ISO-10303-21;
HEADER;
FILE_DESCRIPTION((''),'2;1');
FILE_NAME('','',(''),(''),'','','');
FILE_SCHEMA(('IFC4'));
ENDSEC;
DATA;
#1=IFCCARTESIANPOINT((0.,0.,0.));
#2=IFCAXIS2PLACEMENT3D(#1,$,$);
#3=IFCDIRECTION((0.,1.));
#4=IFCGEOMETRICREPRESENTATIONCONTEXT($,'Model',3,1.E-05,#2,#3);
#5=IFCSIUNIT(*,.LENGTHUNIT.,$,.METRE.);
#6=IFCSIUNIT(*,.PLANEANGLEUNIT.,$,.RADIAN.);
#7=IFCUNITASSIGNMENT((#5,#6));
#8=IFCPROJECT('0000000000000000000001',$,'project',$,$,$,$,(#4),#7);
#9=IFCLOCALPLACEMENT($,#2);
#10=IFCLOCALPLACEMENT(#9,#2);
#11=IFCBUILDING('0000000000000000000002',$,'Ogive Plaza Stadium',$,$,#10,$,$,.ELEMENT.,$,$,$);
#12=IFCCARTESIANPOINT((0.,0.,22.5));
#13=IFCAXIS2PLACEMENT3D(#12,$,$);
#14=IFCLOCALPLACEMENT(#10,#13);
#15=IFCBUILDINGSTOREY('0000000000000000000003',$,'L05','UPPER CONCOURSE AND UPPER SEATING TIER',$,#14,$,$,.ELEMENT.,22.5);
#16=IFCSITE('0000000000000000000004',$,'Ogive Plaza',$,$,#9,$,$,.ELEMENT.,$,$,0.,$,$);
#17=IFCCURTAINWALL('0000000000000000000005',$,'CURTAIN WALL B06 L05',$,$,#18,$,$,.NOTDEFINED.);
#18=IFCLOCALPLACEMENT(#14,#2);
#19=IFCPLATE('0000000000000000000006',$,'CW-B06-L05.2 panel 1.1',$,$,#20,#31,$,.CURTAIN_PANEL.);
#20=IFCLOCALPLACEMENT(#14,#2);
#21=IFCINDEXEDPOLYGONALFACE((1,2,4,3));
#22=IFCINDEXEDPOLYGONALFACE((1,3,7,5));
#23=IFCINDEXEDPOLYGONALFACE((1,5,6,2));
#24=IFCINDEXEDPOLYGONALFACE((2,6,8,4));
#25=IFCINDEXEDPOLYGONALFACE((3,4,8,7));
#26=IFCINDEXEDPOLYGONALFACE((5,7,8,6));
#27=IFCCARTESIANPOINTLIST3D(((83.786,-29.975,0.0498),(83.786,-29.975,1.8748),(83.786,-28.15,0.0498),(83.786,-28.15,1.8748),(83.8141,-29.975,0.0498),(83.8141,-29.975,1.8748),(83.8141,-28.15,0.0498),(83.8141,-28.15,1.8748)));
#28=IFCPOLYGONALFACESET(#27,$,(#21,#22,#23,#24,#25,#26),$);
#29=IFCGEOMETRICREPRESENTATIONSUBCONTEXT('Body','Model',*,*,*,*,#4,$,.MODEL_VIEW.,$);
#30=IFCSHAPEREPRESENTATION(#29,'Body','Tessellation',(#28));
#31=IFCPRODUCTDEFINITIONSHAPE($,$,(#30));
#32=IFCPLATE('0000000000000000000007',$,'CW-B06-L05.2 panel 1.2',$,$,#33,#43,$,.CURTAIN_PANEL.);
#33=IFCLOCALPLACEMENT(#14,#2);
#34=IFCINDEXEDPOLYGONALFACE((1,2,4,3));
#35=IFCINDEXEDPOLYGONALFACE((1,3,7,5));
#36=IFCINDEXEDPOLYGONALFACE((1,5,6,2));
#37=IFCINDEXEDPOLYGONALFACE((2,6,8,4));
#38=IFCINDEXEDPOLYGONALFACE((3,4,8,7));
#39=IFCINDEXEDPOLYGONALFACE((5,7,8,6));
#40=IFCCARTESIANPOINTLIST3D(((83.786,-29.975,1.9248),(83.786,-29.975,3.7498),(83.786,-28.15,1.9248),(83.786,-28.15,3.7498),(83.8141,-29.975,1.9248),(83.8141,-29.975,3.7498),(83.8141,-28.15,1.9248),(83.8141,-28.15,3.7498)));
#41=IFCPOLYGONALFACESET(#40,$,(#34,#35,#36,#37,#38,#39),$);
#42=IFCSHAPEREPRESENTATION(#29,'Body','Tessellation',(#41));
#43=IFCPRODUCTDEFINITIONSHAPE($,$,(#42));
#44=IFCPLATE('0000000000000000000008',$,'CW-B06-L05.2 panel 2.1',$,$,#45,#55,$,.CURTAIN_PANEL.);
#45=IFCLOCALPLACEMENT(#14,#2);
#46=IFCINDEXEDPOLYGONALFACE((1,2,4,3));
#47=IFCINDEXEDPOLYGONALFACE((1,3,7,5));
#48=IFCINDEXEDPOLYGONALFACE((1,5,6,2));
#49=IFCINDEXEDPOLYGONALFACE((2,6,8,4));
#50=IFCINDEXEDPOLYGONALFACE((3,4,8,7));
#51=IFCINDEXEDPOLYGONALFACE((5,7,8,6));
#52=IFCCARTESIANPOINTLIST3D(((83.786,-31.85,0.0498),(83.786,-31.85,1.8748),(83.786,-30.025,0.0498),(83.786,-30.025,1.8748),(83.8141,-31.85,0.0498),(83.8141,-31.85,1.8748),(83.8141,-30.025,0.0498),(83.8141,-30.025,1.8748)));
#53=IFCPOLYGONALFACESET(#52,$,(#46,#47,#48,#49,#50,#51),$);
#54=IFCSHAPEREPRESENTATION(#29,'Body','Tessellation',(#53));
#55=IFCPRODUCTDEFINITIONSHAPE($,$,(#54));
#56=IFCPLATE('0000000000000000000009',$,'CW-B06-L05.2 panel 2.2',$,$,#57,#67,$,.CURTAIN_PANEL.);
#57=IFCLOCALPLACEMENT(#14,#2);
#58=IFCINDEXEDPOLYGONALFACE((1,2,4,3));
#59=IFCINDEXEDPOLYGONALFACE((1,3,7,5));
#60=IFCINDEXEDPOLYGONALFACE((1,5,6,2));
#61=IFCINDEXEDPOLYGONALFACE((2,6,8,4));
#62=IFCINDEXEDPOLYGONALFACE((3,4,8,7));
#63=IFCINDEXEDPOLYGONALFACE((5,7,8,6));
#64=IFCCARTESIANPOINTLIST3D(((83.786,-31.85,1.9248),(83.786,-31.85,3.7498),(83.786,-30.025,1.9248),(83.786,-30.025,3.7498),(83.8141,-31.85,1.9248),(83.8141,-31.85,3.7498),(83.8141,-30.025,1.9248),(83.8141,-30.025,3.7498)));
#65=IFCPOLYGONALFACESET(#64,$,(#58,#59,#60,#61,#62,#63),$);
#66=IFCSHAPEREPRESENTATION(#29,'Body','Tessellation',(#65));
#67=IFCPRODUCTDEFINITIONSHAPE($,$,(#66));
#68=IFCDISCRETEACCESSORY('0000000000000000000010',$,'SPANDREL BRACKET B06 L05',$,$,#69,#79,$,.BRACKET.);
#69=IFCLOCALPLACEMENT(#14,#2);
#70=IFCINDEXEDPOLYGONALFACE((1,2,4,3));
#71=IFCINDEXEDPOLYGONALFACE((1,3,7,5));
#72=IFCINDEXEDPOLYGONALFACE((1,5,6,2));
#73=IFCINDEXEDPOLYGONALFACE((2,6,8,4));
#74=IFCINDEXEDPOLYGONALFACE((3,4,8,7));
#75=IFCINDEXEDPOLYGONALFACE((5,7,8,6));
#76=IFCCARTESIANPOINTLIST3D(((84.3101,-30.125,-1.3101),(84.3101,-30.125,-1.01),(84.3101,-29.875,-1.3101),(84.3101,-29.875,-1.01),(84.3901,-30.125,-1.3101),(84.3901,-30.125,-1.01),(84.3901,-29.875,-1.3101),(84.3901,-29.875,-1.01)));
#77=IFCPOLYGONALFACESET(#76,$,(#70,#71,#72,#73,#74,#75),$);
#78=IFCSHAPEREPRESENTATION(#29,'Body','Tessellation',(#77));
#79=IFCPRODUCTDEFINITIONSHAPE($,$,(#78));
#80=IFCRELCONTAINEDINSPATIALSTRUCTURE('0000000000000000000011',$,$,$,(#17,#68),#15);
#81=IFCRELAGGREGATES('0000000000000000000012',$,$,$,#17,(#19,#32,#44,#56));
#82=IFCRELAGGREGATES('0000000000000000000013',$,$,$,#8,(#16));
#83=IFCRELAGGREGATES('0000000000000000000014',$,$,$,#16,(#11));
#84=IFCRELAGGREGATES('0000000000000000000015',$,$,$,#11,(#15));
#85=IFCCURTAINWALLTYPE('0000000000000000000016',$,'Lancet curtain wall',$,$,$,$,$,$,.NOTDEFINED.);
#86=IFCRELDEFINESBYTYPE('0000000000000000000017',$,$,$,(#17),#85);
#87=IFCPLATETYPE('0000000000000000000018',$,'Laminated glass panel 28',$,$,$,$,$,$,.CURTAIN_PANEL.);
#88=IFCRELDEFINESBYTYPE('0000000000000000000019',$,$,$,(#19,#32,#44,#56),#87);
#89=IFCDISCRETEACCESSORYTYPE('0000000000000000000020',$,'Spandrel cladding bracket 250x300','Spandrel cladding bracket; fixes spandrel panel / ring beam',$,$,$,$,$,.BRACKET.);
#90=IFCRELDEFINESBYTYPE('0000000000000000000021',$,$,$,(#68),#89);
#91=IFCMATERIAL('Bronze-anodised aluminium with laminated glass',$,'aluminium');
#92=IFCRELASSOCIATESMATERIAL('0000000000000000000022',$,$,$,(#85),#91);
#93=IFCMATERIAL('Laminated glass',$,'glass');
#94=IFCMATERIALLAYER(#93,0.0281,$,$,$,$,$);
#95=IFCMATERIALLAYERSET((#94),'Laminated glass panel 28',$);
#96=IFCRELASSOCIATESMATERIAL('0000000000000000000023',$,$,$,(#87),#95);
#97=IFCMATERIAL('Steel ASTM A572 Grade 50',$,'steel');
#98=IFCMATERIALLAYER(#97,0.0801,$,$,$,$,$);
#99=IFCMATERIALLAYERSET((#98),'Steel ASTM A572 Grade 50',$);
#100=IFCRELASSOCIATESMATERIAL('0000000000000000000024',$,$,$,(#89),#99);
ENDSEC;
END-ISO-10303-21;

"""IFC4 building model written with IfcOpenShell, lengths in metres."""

from ifc_helpers import new_model, si_unit, direction, frame, origin, origin_2d, place, context, subcontext, project, spatial, rectangle, extrude, material, layer, layer_set, type_object, element, aggregate, save


model = new_model("IFC4")

# Units and contexts
model_context = context("Model", 3, precision=1e-05, world=origin(), true_north=direction((0.0, 1.0)))
body_context = subcontext(model_context, "Body", "Model", "MODEL_VIEW")
ifc_project = project(units=[si_unit("LENGTHUNIT", "METRE"), si_unit("PLANEANGLEUNIT", "RADIAN")], contexts=[model_context])

# Site, building, storey
site_placement = place(None, origin())
site = spatial("IfcSite", under=ifc_project, at=site_placement, Name="Ogive Plaza", CompositionType="ELEMENT", RefElevation=0.0)
building_placement = place(site_placement, origin())
building = spatial("IfcBuilding", under=site, at=building_placement, Name="Ogive Plaza Stadium", CompositionType="ELEMENT")
storey_placement = place(building_placement, frame((0.0, 0.0, 22.5)))
storey = spatial("IfcBuildingStorey", under=building, at=storey_placement, Name="L05", Description="UPPER CONCOURSE AND UPPER SEATING TIER", CompositionType="ELEMENT", Elevation=22.5)

# Shared definitions
ifc_material_1 = material(Name="Bronze-anodised aluminium with laminated glass", Category="aluminium")
curtain_wall_type = type_object("IfcCurtainWallType", Name="Lancet curtain wall", PredefinedType="NOTDEFINED", material=ifc_material_1)

# Curtain wall
curtain_wall_1_placement = place(storey_placement, origin())
curtain_wall_1 = element("IfcCurtainWall", 1, at=curtain_wall_1_placement, inside=storey, type_object=curtain_wall_type, Name="CURTAIN WALL B06 L05", PredefinedType="NOTDEFINED")

# Plates
ifc_material_2 = material(Name="Laminated glass", Category="glass")
ifc_layer_1 = layer(ifc_material_2, 0.0281)
ifc_layer_set_1 = layer_set([ifc_layer_1], Name="Laminated glass panel 28")
plate_type = type_object("IfcPlateType", Name="Laminated glass panel 28", PredefinedType="CURTAIN_PANEL", material=ifc_layer_set_1)
plate_1_placement = place(storey_placement, frame((83.8, -29.0625, 0.0498), z_axis=(0.0, 0.0, 1.0), x_axis=(0.0, -1.0, 0.0)))
plate_1 = element("IfcPlate", 2, at=plate_1_placement, type_object=plate_type, Name="CW-B06-L05.2 panel 1.1", PredefinedType="CURTAIN_PANEL", context=body_context, shape_type="SweptSolid", body=[
    extrude(rectangle(XDim=1.825, YDim=0.0281, at=origin_2d()), origin(), (0.0, 0.0, 1.0), 1.825),
])
plate_2_placement = place(storey_placement, frame((83.8, -29.0625, 1.9248), z_axis=(0.0, 0.0, 1.0), x_axis=(0.0, -1.0, 0.0)))
plate_2 = element("IfcPlate", 3, at=plate_2_placement, type_object=plate_type, Name="CW-B06-L05.2 panel 1.2", PredefinedType="CURTAIN_PANEL", context=body_context, shape_type="SweptSolid", body=[
    extrude(rectangle(XDim=1.825, YDim=0.0281, at=origin_2d()), origin(), (0.0, 0.0, 1.0), 1.825),
])
plate_3_placement = place(storey_placement, frame((83.8, -30.9375, 0.0498), z_axis=(0.0, 0.0, 1.0), x_axis=(0.0, -1.0, 0.0)))
plate_3 = element("IfcPlate", 4, at=plate_3_placement, type_object=plate_type, Name="CW-B06-L05.2 panel 2.1", PredefinedType="CURTAIN_PANEL", context=body_context, shape_type="SweptSolid", body=[
    extrude(rectangle(XDim=1.825, YDim=0.0281, at=origin_2d()), origin(), (0.0, 0.0, 1.0), 1.825),
])
plate_4_placement = place(storey_placement, frame((83.8, -30.9375, 1.9248), z_axis=(0.0, 0.0, 1.0), x_axis=(0.0, -1.0, 0.0)))
plate_4 = element("IfcPlate", 5, at=plate_4_placement, type_object=plate_type, Name="CW-B06-L05.2 panel 2.2", PredefinedType="CURTAIN_PANEL", context=body_context, shape_type="SweptSolid", body=[
    extrude(rectangle(XDim=1.825, YDim=0.0281, at=origin_2d()), origin(), (0.0, 0.0, 1.0), 1.825),
])
aggregate(curtain_wall_1, [plate_1, plate_2, plate_3, plate_4])

# Discrete accessory
ifc_material_3 = material(Name="Steel ASTM A572 Grade 50", Category="steel")
ifc_layer_2 = layer(ifc_material_3, 0.0801)
ifc_layer_set_2 = layer_set([ifc_layer_2], Name="Steel ASTM A572 Grade 50")
discrete_accessory_type = type_object("IfcDiscreteAccessoryType", Name="Spandrel cladding bracket 250x300", Description="Spandrel cladding bracket; fixes spandrel panel / ring beam", PredefinedType="BRACKET", material=ifc_layer_set_2)
discrete_accessory_placement = place(storey_placement, frame((84.3501, -30.0, -1.3101), z_axis=(0.0, 0.0, 1.0), x_axis=(0.0, -1.0, 0.0)))
element("IfcDiscreteAccessory", 6, at=discrete_accessory_placement, inside=storey, type_object=discrete_accessory_type, Name="SPANDREL BRACKET B06 L05", PredefinedType="BRACKET", context=body_context, shape_type="SweptSolid", body=[
    extrude(rectangle(XDim=0.25, YDim=0.0801, at=origin_2d()), origin(), (0.0, 0.0, 1.0), 0.3),
])

save(model, "model.ifc")
